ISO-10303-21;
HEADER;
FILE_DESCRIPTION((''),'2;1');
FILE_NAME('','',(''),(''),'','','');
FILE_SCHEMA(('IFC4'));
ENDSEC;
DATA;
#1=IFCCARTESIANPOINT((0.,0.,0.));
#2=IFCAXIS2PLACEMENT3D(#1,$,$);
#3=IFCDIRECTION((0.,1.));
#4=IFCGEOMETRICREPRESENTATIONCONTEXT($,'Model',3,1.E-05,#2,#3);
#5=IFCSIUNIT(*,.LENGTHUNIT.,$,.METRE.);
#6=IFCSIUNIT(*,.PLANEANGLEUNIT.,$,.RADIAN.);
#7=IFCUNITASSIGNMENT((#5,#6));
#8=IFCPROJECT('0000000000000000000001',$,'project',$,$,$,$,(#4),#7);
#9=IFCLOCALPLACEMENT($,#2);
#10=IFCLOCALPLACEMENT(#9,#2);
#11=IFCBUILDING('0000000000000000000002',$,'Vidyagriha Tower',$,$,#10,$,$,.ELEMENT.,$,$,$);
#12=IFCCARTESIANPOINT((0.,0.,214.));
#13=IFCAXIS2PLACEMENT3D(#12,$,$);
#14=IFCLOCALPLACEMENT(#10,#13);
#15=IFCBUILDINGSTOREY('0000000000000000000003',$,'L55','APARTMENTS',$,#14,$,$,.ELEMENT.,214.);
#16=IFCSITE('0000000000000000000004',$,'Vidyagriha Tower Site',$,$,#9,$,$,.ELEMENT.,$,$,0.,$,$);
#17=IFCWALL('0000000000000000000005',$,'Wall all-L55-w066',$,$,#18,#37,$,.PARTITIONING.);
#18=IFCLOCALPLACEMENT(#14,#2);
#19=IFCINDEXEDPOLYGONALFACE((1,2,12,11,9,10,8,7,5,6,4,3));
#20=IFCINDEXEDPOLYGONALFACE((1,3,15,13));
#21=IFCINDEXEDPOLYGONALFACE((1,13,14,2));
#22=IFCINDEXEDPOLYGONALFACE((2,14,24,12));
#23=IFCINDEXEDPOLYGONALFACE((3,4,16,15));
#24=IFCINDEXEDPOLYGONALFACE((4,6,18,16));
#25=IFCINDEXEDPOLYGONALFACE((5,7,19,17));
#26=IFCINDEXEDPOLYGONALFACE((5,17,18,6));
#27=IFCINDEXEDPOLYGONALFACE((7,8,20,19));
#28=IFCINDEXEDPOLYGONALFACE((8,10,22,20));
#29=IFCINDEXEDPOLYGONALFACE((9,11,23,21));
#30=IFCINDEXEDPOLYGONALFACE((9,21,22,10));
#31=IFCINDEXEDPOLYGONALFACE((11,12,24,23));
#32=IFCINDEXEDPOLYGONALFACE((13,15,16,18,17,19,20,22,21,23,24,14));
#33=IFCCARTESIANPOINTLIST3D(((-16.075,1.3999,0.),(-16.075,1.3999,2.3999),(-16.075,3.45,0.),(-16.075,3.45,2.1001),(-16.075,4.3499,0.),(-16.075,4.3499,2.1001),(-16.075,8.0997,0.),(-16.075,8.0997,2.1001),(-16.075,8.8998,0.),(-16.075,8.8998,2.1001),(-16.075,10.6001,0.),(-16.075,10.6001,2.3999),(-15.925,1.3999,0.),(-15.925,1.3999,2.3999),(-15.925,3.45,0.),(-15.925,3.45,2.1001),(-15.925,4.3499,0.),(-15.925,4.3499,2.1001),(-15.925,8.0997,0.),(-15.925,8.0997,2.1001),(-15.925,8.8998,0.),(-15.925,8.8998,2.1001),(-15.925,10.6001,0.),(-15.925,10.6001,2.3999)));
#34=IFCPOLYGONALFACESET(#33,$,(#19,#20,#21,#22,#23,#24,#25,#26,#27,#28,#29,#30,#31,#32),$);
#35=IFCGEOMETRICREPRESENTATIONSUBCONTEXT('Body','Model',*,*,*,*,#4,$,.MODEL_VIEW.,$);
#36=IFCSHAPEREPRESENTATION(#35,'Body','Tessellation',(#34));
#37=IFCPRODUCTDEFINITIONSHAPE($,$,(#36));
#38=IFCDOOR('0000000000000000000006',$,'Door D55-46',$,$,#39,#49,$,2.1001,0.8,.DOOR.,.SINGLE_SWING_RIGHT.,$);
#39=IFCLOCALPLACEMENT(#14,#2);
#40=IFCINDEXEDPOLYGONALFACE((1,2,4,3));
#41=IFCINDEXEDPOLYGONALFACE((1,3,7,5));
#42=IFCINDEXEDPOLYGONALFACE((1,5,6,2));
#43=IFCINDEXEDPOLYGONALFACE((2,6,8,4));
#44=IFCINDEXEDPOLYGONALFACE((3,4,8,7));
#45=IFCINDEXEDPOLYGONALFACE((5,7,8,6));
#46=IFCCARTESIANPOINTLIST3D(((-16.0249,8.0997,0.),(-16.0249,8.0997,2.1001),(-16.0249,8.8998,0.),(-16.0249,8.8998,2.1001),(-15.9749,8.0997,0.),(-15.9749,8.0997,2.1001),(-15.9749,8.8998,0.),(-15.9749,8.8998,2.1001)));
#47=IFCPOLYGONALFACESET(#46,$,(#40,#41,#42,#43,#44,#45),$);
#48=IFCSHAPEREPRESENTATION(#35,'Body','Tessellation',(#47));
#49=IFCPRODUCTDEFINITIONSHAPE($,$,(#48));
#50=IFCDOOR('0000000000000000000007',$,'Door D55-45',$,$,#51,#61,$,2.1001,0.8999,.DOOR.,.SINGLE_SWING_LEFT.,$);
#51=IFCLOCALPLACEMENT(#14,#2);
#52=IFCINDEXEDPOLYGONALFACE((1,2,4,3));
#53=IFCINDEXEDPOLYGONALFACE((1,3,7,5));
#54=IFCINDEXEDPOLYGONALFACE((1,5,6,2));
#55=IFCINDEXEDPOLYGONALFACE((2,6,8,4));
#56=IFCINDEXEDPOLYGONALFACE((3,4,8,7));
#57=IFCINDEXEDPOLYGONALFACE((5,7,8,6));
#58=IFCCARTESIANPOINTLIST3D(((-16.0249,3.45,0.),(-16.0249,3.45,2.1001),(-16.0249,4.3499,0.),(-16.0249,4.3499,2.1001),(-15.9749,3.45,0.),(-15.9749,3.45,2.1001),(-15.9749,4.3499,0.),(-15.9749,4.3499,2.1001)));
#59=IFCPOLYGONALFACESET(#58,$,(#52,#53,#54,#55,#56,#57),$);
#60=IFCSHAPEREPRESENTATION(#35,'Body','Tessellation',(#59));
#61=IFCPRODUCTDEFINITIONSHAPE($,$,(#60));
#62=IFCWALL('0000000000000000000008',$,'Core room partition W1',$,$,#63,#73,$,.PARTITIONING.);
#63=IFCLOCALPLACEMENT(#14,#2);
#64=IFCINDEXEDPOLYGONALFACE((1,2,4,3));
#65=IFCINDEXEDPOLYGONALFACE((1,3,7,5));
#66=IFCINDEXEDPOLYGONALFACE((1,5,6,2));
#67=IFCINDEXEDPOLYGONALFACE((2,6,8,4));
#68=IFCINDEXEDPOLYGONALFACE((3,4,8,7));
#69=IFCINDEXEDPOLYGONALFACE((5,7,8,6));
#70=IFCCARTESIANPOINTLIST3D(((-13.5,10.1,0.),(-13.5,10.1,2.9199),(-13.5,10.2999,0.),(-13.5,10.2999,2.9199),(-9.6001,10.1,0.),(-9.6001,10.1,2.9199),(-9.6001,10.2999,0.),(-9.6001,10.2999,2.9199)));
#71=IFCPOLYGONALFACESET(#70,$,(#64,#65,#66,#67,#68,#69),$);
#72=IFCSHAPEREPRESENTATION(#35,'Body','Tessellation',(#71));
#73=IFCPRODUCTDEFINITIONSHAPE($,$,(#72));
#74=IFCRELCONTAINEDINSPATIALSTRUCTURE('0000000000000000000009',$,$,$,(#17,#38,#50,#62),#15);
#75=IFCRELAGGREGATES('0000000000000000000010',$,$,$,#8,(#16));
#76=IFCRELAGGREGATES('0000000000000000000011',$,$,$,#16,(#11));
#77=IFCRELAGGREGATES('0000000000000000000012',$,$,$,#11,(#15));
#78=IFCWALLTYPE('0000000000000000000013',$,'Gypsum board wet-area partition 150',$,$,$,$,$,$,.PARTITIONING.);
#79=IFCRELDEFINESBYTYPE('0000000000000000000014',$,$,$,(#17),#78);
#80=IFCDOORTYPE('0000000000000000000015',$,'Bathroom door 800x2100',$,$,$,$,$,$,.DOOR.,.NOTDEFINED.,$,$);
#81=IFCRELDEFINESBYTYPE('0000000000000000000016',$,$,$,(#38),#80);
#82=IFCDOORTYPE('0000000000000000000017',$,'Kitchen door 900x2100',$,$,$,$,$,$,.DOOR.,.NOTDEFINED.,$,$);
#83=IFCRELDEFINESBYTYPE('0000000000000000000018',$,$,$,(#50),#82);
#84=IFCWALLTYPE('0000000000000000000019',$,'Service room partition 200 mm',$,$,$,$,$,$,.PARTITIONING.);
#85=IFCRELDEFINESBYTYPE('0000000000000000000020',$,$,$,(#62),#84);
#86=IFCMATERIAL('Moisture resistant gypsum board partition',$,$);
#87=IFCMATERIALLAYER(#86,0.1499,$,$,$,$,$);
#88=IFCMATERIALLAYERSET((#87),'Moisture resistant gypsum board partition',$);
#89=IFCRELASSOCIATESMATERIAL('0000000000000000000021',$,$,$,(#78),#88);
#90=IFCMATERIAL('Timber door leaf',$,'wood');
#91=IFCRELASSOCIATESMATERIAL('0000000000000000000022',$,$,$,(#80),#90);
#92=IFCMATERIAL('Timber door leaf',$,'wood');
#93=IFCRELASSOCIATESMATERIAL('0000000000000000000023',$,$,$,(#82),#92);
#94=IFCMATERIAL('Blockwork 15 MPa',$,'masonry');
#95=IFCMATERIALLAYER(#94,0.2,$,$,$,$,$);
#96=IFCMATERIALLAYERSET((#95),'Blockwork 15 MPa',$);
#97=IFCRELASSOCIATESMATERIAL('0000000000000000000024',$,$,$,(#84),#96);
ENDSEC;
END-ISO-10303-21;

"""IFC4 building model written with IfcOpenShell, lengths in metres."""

from ifc_helpers import new_model, si_unit, direction, frame, frame_2d, origin, place, context, subcontext, project, spatial, rectangle, extrude, material, layer, layer_set, type_object, element, fill, save


model = new_model("IFC4")

# Units and contexts
model_context = context("Model", 3, precision=1e-05, world=origin(), true_north=direction((0.0, 1.0)))
body_context = subcontext(model_context, "Body", "Model", "MODEL_VIEW")
ifc_project = project(units=[si_unit("LENGTHUNIT", "METRE"), si_unit("PLANEANGLEUNIT", "RADIAN")], contexts=[model_context])

# Site, building, storey
site_placement = place(None, origin())
site = spatial("IfcSite", under=ifc_project, at=site_placement, Name="Vidyagriha Tower Site", CompositionType="ELEMENT", RefElevation=0.0)
building_placement = place(site_placement, origin())
building = spatial("IfcBuilding", under=site, at=building_placement, Name="Vidyagriha Tower", CompositionType="ELEMENT")
storey_placement = place(building_placement, frame((0.0, 0.0, 214.0)))
storey = spatial("IfcBuildingStorey", under=building, at=storey_placement, Name="L55", Description="APARTMENTS", CompositionType="ELEMENT", Elevation=214.0)

# Wall, openings, doors
ifc_material_1 = material(Name="Moisture resistant gypsum board partition")
ifc_layer_1 = layer(ifc_material_1, 0.1499)
ifc_layer_set_1 = layer_set([ifc_layer_1], Name="Moisture resistant gypsum board partition")
wall_type_1 = type_object("IfcWallType", Name="Gypsum board wet-area partition 150", PredefinedType="PARTITIONING", material=ifc_layer_set_1)
wall_1_placement = place(storey_placement, frame((-16.0, 1.3999, 0.0), z_axis=(0.0, 0.0, 1.0), x_axis=(0.0, 1.0, 0.0)))
wall_1 = element("IfcWall", 1, at=wall_1_placement, inside=storey, type_object=wall_type_1, Name="Wall all-L55-w066", PredefinedType="PARTITIONING", context=body_context, shape_type="SweptSolid", body=[
    extrude(rectangle(XDim=9.2002, YDim=0.1499, at=frame_2d((4.6001, 0.0))), origin(), (0.0, 0.0, 1.0), 2.3999),
])
opening_1_placement = place(wall_1_placement, frame((2.05, 0.0, 0.0)))
opening_1 = element("IfcOpeningElement", 2, at=opening_1_placement, cuts=wall_1, PredefinedType="OPENING", context=body_context, shape_type="SweptSolid", body=[
    extrude(rectangle(XDim=0.8999, YDim=2.1001, at=frame_2d((0.45, 1.05))), frame((0.0, 0.085, 0.0), z_axis=(0.0, -1.0, 0.0), x_axis=(1.0, 0.0, 0.0)), (0.0, 0.0, 1.0), 0.1699),
])
opening_2_placement = place(wall_1_placement, frame((6.7, 0.0, 0.0)))
opening_2 = element("IfcOpeningElement", 3, at=opening_2_placement, cuts=wall_1, PredefinedType="OPENING", context=body_context, shape_type="SweptSolid", body=[
    extrude(rectangle(XDim=0.8, YDim=2.1001, at=frame_2d((0.3999, 1.05))), frame((0.0, 0.085, 0.0), z_axis=(0.0, -1.0, 0.0), x_axis=(1.0, 0.0, 0.0)), (0.0, 0.0, 1.0), 0.1699),
])
ifc_material_2 = material(Name="Timber door leaf", Category="wood")
door_type_1 = type_object("IfcDoorType", Name="Bathroom door 800x2100", OperationType="NOTDEFINED", PredefinedType="DOOR", material=ifc_material_2)
door_1_placement = place(opening_2_placement, origin())
door_1 = element("IfcDoor", 4, at=door_1_placement, inside=storey, type_object=door_type_1, Name="Door D55-46", OperationType="SINGLE_SWING_RIGHT", OverallHeight=2.1001, OverallWidth=0.8, PredefinedType="DOOR", context=body_context, shape_type="SweptSolid", body=[
    extrude(rectangle(XDim=0.8, YDim=2.1001, at=frame_2d((0.3999, 1.05))), frame((0.0, 0.0249, 0.0), z_axis=(0.0, -1.0, 0.0), x_axis=(1.0, 0.0, 0.0)), (0.0, 0.0, 1.0), 0.05),
])
fill(opening_2, door_1)
ifc_material_3 = material(Name="Timber door leaf", Category="wood")
door_type_2 = type_object("IfcDoorType", Name="Kitchen door 900x2100", OperationType="NOTDEFINED", PredefinedType="DOOR", material=ifc_material_3)
door_2_placement = place(opening_1_placement, origin())
door_2 = element("IfcDoor", 5, at=door_2_placement, inside=storey, type_object=door_type_2, Name="Door D55-45", OperationType="SINGLE_SWING_LEFT", OverallHeight=2.1001, OverallWidth=0.8999, PredefinedType="DOOR", context=body_context, shape_type="SweptSolid", body=[
    extrude(rectangle(XDim=0.8999, YDim=2.1001, at=frame_2d((0.45, 1.05))), frame((0.0, 0.0249, 0.0), z_axis=(0.0, -1.0, 0.0), x_axis=(1.0, 0.0, 0.0)), (0.0, 0.0, 1.0), 0.05),
])
fill(opening_1, door_2)

# Wall
ifc_material_4 = material(Name="Blockwork 15 MPa", Category="masonry")
ifc_layer_2 = layer(ifc_material_4, 0.2)
ifc_layer_set_2 = layer_set([ifc_layer_2], Name="Blockwork 15 MPa")
wall_type_2 = type_object("IfcWallType", Name="Service room partition 200 mm", PredefinedType="PARTITIONING", material=ifc_layer_set_2)
wall_2_placement = place(storey_placement, frame((-13.5, 10.2, 0.0)))
element("IfcWall", 6, at=wall_2_placement, inside=storey, type_object=wall_type_2, Name="Core room partition W1", PredefinedType="PARTITIONING", context=body_context, shape_type="SweptSolid", body=[
    extrude(rectangle(XDim=3.8999, YDim=0.2, at=frame_2d((1.95, 0.0))), origin(), (0.0, 0.0, 1.0), 2.9199),
])

save(model, "model.ifc")
